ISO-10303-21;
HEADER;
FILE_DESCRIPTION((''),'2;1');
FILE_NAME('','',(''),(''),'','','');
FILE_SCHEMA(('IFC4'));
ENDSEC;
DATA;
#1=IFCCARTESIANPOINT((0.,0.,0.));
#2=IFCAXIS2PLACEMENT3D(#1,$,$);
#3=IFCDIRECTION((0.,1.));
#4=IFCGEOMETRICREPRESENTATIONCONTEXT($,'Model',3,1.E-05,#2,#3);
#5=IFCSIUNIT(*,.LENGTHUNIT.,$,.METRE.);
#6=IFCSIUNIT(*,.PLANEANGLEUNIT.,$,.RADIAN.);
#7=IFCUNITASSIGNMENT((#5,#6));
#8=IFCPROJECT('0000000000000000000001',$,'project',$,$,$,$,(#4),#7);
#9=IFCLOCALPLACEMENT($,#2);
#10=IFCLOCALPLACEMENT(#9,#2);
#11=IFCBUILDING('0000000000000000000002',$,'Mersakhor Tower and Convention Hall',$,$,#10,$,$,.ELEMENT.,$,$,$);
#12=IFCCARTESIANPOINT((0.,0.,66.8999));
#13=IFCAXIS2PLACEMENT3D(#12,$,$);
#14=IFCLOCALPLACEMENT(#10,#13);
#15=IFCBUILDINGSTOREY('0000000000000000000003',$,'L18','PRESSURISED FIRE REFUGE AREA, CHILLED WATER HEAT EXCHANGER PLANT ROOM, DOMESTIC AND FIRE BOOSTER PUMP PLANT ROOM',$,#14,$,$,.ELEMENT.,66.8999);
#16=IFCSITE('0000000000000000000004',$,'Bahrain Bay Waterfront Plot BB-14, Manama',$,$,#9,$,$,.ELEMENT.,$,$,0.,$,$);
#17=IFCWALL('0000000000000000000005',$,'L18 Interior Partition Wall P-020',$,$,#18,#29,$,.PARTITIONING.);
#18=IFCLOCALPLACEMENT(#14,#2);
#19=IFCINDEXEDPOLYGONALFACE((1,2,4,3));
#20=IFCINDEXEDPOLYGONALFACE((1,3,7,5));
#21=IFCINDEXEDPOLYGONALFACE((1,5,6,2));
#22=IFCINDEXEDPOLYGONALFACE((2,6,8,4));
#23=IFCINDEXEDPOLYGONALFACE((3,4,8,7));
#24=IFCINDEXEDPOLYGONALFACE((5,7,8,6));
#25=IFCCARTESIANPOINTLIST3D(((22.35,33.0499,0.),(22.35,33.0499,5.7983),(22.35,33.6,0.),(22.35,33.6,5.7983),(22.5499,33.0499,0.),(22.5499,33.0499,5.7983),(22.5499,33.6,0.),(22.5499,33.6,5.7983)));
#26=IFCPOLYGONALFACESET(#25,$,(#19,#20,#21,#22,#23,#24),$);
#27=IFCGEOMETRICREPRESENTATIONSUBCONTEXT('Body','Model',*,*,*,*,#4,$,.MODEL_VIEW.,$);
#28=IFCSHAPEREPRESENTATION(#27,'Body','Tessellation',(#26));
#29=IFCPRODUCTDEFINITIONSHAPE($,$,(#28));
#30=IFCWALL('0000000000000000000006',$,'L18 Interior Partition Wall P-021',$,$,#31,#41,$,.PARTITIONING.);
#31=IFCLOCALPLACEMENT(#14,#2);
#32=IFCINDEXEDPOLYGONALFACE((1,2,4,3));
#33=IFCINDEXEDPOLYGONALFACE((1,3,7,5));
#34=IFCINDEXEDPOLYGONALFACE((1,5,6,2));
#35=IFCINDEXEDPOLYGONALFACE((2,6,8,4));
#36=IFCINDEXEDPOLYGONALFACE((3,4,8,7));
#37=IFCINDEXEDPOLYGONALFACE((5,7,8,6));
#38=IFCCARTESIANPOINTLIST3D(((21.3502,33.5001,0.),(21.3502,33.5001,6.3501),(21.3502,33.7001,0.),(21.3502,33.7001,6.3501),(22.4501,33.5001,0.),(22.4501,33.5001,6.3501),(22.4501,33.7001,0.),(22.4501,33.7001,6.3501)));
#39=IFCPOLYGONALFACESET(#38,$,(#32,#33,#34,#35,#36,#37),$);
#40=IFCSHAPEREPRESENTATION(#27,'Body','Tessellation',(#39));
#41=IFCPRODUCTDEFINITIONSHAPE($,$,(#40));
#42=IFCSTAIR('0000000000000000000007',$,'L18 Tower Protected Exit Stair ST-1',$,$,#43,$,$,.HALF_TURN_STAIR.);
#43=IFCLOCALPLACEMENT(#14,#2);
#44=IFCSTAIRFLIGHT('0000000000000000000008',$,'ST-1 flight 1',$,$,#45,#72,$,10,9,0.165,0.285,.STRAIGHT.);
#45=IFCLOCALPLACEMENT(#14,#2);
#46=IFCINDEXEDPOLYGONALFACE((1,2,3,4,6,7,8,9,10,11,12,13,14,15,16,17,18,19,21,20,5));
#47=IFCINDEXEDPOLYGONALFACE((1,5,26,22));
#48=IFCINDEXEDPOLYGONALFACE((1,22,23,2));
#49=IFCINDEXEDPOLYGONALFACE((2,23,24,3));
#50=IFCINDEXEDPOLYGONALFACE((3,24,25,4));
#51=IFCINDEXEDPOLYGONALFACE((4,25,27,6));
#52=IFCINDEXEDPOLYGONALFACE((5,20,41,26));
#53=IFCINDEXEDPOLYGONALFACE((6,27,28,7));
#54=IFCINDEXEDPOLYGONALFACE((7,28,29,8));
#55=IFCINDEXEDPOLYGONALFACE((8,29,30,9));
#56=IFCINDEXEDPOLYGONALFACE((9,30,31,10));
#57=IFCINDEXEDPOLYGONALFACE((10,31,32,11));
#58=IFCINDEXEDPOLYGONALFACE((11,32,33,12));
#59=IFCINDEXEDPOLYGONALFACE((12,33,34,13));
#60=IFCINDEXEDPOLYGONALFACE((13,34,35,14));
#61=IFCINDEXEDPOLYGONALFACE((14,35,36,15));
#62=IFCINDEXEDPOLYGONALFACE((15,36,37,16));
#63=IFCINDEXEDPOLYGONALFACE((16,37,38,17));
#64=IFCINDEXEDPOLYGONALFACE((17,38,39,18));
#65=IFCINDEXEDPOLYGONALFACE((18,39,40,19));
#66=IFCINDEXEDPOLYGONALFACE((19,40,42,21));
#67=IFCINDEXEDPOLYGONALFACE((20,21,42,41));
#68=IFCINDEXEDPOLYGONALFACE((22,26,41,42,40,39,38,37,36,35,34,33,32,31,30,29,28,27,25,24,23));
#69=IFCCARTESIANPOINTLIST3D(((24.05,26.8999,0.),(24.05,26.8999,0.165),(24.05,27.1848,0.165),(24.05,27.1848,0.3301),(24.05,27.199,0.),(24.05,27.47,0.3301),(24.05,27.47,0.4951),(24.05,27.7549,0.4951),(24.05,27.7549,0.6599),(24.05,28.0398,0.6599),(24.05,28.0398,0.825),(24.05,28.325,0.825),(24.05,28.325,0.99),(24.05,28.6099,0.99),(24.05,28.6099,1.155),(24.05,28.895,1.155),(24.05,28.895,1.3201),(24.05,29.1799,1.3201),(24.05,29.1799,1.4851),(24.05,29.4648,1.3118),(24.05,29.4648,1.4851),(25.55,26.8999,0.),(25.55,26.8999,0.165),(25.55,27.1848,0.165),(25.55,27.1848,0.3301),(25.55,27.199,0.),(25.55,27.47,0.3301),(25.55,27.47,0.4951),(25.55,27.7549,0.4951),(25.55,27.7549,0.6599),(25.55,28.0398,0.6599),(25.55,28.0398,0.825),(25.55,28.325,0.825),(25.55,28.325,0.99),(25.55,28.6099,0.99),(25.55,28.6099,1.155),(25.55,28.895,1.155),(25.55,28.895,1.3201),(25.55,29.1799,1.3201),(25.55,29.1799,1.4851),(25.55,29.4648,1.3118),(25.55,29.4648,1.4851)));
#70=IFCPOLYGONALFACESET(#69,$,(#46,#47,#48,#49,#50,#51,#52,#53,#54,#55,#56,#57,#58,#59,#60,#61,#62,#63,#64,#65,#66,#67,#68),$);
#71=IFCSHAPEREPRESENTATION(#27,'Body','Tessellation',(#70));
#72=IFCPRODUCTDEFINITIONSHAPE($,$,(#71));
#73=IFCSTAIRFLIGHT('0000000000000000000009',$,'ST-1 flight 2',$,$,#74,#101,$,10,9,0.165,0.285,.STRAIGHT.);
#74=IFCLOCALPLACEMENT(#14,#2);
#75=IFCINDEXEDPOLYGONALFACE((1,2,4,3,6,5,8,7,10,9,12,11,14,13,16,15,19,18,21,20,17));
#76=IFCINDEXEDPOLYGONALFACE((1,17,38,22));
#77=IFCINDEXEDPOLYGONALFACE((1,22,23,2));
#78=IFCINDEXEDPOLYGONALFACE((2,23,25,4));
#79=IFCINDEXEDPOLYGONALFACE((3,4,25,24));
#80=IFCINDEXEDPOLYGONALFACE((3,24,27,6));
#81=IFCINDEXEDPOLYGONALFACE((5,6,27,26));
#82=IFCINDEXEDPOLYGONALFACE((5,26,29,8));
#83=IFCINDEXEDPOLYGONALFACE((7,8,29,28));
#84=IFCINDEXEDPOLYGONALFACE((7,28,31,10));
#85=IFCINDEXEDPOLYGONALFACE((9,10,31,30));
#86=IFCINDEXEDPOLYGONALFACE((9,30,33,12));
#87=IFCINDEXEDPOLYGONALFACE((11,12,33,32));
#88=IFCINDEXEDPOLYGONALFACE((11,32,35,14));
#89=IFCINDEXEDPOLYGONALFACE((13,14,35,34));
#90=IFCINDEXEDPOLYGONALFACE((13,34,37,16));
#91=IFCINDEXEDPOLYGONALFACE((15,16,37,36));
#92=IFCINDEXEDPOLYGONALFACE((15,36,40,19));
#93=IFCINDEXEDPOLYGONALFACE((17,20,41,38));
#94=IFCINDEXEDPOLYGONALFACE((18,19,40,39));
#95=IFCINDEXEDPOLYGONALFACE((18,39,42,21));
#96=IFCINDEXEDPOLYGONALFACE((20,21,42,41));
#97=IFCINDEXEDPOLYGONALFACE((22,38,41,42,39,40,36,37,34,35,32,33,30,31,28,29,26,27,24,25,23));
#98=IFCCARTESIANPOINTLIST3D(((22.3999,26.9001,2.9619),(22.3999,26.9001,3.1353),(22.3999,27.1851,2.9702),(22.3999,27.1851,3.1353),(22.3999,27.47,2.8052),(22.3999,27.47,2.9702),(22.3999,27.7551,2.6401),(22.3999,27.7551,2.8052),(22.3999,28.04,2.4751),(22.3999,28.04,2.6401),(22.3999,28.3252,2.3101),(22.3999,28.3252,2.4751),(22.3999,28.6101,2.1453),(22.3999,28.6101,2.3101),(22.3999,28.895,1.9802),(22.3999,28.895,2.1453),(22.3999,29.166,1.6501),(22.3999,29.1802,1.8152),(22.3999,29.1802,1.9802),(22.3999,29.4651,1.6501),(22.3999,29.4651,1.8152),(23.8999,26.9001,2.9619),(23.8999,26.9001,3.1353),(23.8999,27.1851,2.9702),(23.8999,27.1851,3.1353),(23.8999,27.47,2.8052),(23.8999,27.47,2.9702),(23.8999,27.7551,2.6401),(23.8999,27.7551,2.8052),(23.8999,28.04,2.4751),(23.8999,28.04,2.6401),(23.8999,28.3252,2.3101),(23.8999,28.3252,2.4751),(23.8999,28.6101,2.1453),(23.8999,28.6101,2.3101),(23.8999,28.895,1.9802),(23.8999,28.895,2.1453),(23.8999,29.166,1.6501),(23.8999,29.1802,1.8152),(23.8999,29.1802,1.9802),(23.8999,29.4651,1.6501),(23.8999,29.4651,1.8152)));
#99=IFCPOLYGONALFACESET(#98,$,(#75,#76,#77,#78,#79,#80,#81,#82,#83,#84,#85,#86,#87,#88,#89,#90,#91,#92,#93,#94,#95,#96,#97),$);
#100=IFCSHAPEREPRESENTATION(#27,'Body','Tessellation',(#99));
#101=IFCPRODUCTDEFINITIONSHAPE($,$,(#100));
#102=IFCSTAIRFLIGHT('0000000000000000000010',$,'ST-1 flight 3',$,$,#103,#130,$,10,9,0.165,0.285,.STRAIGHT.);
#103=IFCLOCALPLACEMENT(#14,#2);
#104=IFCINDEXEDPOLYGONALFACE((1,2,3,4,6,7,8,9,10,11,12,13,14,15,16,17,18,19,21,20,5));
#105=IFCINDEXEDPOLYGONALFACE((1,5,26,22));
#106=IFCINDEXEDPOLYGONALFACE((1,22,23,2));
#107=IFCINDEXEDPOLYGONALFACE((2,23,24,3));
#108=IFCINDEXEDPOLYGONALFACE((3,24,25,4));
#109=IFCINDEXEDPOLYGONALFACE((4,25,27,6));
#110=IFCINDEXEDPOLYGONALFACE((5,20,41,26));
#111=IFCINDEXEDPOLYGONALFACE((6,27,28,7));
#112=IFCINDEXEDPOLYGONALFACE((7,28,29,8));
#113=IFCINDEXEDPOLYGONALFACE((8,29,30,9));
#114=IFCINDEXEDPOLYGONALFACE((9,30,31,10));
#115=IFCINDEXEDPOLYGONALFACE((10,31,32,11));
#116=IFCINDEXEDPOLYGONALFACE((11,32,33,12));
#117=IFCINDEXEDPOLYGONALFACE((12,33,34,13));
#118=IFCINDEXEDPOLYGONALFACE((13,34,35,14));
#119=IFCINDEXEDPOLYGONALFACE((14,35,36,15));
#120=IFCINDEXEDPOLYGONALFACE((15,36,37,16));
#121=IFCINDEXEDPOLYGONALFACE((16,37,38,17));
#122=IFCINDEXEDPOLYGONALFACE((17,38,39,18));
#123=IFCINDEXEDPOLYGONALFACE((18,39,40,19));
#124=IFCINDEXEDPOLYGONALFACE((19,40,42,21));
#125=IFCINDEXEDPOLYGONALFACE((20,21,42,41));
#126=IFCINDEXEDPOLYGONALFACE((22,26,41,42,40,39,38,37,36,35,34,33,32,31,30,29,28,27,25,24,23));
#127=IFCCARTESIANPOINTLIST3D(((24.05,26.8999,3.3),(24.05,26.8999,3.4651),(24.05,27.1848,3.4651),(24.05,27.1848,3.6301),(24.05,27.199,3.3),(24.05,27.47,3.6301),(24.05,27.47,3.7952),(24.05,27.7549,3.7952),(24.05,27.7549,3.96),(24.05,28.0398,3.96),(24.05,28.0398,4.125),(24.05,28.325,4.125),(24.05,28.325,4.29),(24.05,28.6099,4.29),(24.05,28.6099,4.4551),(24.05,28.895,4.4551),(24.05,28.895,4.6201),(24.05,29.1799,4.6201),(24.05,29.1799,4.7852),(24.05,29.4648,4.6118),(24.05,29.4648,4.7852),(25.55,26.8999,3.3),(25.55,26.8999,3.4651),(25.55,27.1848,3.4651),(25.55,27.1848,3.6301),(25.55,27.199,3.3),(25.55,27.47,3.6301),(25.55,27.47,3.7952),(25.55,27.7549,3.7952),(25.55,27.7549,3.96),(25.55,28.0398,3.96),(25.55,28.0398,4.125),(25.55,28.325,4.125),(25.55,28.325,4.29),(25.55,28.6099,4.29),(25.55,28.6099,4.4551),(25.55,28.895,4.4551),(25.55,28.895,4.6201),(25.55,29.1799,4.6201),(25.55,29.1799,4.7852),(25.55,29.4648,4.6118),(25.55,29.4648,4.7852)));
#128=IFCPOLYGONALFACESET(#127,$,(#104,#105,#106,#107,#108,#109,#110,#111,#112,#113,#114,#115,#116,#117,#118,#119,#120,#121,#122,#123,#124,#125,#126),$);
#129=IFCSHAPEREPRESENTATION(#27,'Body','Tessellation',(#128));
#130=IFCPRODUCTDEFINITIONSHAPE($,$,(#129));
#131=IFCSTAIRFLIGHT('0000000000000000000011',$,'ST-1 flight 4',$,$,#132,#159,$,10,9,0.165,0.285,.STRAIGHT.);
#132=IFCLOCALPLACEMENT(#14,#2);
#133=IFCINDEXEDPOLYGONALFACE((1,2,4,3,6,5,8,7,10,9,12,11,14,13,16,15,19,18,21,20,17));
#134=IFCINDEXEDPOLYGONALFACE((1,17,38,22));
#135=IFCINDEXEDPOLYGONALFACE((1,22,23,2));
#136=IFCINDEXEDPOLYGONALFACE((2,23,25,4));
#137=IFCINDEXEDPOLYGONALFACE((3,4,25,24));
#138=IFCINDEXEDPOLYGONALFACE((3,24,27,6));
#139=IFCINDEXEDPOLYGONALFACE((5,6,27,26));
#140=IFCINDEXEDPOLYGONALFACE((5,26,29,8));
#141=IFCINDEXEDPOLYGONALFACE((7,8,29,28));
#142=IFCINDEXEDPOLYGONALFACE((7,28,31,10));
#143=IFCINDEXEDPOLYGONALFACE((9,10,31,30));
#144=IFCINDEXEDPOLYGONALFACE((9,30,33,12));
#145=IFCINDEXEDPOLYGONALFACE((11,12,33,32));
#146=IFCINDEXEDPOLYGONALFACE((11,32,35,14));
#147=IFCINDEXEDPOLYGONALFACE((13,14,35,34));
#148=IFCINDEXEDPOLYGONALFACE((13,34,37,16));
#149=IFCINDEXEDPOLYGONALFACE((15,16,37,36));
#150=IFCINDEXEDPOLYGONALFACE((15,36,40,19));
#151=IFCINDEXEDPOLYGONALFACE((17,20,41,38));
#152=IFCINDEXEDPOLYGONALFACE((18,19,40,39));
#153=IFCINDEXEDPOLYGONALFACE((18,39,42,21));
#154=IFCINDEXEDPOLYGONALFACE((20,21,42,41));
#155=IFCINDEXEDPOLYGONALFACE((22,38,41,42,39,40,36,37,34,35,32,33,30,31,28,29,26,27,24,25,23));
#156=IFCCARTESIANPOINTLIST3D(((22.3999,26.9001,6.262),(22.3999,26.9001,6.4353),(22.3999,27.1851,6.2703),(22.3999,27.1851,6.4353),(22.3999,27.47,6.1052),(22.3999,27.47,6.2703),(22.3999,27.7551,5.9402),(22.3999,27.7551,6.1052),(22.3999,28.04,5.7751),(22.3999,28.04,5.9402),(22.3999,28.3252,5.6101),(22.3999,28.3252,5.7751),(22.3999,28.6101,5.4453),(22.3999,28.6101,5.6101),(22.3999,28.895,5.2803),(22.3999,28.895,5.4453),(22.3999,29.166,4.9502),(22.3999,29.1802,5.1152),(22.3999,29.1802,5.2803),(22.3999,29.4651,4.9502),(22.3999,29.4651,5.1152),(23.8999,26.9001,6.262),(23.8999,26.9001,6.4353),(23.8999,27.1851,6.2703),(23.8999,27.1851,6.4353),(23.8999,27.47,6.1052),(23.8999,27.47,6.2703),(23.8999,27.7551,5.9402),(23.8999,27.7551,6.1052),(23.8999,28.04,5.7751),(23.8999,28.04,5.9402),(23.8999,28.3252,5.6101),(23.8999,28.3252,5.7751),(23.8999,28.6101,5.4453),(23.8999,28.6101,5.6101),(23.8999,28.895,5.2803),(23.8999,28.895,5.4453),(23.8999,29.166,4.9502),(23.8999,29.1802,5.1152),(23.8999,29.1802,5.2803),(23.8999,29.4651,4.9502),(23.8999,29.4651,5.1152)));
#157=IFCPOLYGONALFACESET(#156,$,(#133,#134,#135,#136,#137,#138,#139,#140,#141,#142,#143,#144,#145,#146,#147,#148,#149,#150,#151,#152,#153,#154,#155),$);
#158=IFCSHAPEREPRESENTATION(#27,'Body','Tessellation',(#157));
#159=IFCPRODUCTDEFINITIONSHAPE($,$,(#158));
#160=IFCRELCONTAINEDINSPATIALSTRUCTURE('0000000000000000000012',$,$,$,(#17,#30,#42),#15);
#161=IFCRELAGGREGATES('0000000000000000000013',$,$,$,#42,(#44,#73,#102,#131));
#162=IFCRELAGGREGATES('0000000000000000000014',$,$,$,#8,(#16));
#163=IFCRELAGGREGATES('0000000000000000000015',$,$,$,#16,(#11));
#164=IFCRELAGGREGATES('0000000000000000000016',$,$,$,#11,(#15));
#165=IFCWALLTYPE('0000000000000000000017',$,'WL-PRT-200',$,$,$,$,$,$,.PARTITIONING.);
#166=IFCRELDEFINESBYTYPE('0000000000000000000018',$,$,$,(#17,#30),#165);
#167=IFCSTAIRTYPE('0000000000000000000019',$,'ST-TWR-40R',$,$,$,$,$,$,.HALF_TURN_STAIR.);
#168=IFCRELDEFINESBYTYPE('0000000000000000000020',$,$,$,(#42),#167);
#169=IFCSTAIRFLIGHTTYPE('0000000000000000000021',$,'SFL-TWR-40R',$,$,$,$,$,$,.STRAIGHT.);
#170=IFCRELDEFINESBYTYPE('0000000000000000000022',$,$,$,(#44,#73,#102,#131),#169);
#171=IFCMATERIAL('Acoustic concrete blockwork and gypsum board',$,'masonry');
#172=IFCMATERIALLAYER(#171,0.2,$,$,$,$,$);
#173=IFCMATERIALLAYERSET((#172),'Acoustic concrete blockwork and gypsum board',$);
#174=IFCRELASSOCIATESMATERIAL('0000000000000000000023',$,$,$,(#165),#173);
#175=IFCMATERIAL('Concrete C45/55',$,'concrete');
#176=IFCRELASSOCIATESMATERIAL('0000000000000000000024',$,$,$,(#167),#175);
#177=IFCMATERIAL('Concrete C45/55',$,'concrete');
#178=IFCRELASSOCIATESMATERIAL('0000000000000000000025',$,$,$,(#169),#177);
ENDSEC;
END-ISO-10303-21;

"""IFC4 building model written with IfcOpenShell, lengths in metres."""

from ifc_helpers import new_model, si_unit, direction, frame, frame_2d, origin, place, context, subcontext, project, spatial, polyline, rectangle, outline, extrude, material, layer, layer_set, type_object, element, aggregate, save


model = new_model("IFC4")

# Units and contexts
model_context = context("Model", 3, precision=1e-05, world=origin(), true_north=direction((0.0, 1.0)))
body_context = subcontext(model_context, "Body", "Model", "MODEL_VIEW")
ifc_project = project(units=[si_unit("LENGTHUNIT", "METRE"), si_unit("PLANEANGLEUNIT", "RADIAN")], contexts=[model_context])

# Site, building, storey
site_placement = place(None, origin())
site = spatial("IfcSite", under=ifc_project, at=site_placement, Name="Bahrain Bay Waterfront Plot BB-14, Manama", CompositionType="ELEMENT", RefElevation=0.0)
building_placement = place(site_placement, origin())
building = spatial("IfcBuilding", under=site, at=building_placement, Name="Mersakhor Tower and Convention Hall", CompositionType="ELEMENT")
storey_placement = place(building_placement, frame((0.0, 0.0, 66.8999)))
storey = spatial("IfcBuildingStorey", under=building, at=storey_placement, Name="L18", Description="PRESSURISED FIRE REFUGE AREA, CHILLED WATER HEAT EXCHANGER PLANT ROOM, DOMESTIC AND FIRE BOOSTER PUMP PLANT ROOM", CompositionType="ELEMENT", Elevation=66.8999)

# Walls
ifc_material_1 = material(Name="Acoustic concrete blockwork and gypsum board", Category="masonry")
ifc_layer = layer(ifc_material_1, 0.2)
ifc_layer_set = layer_set([ifc_layer], Name="Acoustic concrete blockwork and gypsum board")
wall_type = type_object("IfcWallType", Name="WL-PRT-200", PredefinedType="PARTITIONING", material=ifc_layer_set)
wall_1_placement = place(storey_placement, frame((22.45, 33.05, 0.0), z_axis=(0.0, 0.0, 1.0), x_axis=(0.0, 1.0, 0.0)))
element("IfcWall", 1, at=wall_1_placement, inside=storey, type_object=wall_type, Name="L18 Interior Partition Wall P-020", PredefinedType="PARTITIONING", context=body_context, shape_type="SweptSolid", body=[
    extrude(rectangle(XDim=0.55, YDim=0.2, at=frame_2d((0.2749, 0.0))), origin(), (0.0, 0.0, 1.0), 5.7983),
])
wall_2_placement = place(storey_placement, frame((22.45, 33.6001, 0.0), z_axis=(0.0, 0.0, 1.0), x_axis=(-1.0, 0.0, 0.0)))
element("IfcWall", 2, at=wall_2_placement, inside=storey, type_object=wall_type, Name="L18 Interior Partition Wall P-021", PredefinedType="PARTITIONING", context=body_context, shape_type="SweptSolid", body=[
    extrude(rectangle(XDim=1.0999, YDim=0.2, at=frame_2d((0.5498, 0.0))), origin(), (0.0, 0.0, 1.0), 6.3501),
])

# Stair, stair flights
ifc_material_2 = material(Name="Concrete C45/55", Category="concrete")
stair_type = type_object("IfcStairType", Name="ST-TWR-40R", PredefinedType="HALF_TURN_STAIR", material=ifc_material_2)
stair_placement = place(storey_placement, origin())
stair = element("IfcStair", 3, at=stair_placement, inside=storey, type_object=stair_type, Name="L18 Tower Protected Exit Stair ST-1", PredefinedType="HALF_TURN_STAIR")
ifc_material_3 = material(Name="Concrete C45/55", Category="concrete")
stair_flight_type = type_object("IfcStairFlightType", Name="SFL-TWR-40R", PredefinedType="STRAIGHT", material=ifc_material_3)
stair_flight_1_placement = place(storey_placement, frame((24.8, 26.8999, 0.0), z_axis=(0.0, 0.0, 1.0), x_axis=(0.0, 1.0, 0.0)))
stair_flight_1 = element("IfcStairFlight", 4, at=stair_flight_1_placement, type_object=stair_flight_type, Name="ST-1 flight 1", NumberOfRisers=10, NumberOfTreads=9, PredefinedType="STRAIGHT", RiserHeight=0.165, TreadLength=0.285, context=body_context, shape_type="SweptSolid", body=[
    extrude(outline(polyline([(0.0, 0.0), (0.0, 0.165), (0.2849, 0.165), (0.2849, 0.3301), (0.5701, 0.3301), (0.5701, 0.4951), (0.855, 0.4951), (0.855, 0.6599), (1.1399, 0.6599), (1.1399, 0.825), (1.425, 0.825), (1.425, 0.99), (1.71, 0.99), (1.71, 1.155), (1.9951, 1.155), (1.9951, 1.3201), (2.28, 1.3201), (2.28, 1.4851), (2.5649, 1.4851), (2.5649, 1.6499), (2.5649, 1.3118), (0.2991, 0.0), (0.0, 0.0)])), frame((0.0, 0.75, 0.0), z_axis=(0.0, -1.0, 0.0), x_axis=(1.0, 0.0, 0.0)), (0.0, 0.0, 1.0), 1.5),
])
stair_flight_2_placement = place(storey_placement, frame((23.1499, 29.4651, 1.6501), z_axis=(0.0, 0.0, 1.0), x_axis=(0.0, -1.0, 0.0)))
stair_flight_2 = element("IfcStairFlight", 5, at=stair_flight_2_placement, type_object=stair_flight_type, Name="ST-1 flight 2", NumberOfRisers=10, NumberOfTreads=9, PredefinedType="STRAIGHT", RiserHeight=0.165, TreadLength=0.285, context=body_context, shape_type="SweptSolid", body=[
    extrude(outline(polyline([(0.0, 0.0), (0.0, 0.165), (0.2849, 0.165), (0.2849, 0.3301), (0.5701, 0.3301), (0.5701, 0.4951), (0.855, 0.4951), (0.855, 0.6599), (1.1399, 0.6599), (1.1399, 0.825), (1.425, 0.825), (1.425, 0.99), (1.71, 0.99), (1.71, 1.155), (1.9951, 1.155), (1.9951, 1.3201), (2.28, 1.3201), (2.28, 1.4851), (2.5649, 1.4851), (2.5649, 1.6499), (2.5649, 1.3118), (0.2991, 0.0), (0.0, 0.0)])), frame((0.0, 0.75, 0.0), z_axis=(0.0, -1.0, 0.0), x_axis=(1.0, 0.0, 0.0)), (0.0, 0.0, 1.0), 1.5),
])
stair_flight_3_placement = place(storey_placement, frame((24.8, 26.8999, 3.3), z_axis=(0.0, 0.0, 1.0), x_axis=(0.0, 1.0, 0.0)))
stair_flight_3 = element("IfcStairFlight", 6, at=stair_flight_3_placement, type_object=stair_flight_type, Name="ST-1 flight 3", NumberOfRisers=10, NumberOfTreads=9, PredefinedType="STRAIGHT", RiserHeight=0.165, TreadLength=0.285, context=body_context, shape_type="SweptSolid", body=[
    extrude(outline(polyline([(0.0, 0.0), (0.0, 0.165), (0.2849, 0.165), (0.2849, 0.3301), (0.5701, 0.3301), (0.5701, 0.4951), (0.855, 0.4951), (0.855, 0.6599), (1.1399, 0.6599), (1.1399, 0.825), (1.425, 0.825), (1.425, 0.99), (1.71, 0.99), (1.71, 1.155), (1.9951, 1.155), (1.9951, 1.3201), (2.28, 1.3201), (2.28, 1.4851), (2.5649, 1.4851), (2.5649, 1.6499), (2.5649, 1.3118), (0.2991, 0.0), (0.0, 0.0)])), frame((0.0, 0.75, 0.0), z_axis=(0.0, -1.0, 0.0), x_axis=(1.0, 0.0, 0.0)), (0.0, 0.0, 1.0), 1.5),
])
stair_flight_4_placement = place(storey_placement, frame((23.1499, 29.4651, 4.9502), z_axis=(0.0, 0.0, 1.0), x_axis=(0.0, -1.0, 0.0)))
stair_flight_4 = element("IfcStairFlight", 7, at=stair_flight_4_placement, type_object=stair_flight_type, Name="ST-1 flight 4", NumberOfRisers=10, NumberOfTreads=9, PredefinedType="STRAIGHT", RiserHeight=0.165, TreadLength=0.285, context=body_context, shape_type="SweptSolid", body=[
    extrude(outline(polyline([(0.0, 0.0), (0.0, 0.165), (0.2849, 0.165), (0.2849, 0.3301), (0.5701, 0.3301), (0.5701, 0.4951), (0.855, 0.4951), (0.855, 0.6599), (1.1399, 0.6599), (1.1399, 0.825), (1.425, 0.825), (1.425, 0.99), (1.71, 0.99), (1.71, 1.155), (1.9951, 1.155), (1.9951, 1.3201), (2.28, 1.3201), (2.28, 1.4851), (2.5649, 1.4851), (2.5649, 1.6499), (2.5649, 1.3118), (0.2991, 0.0), (0.0, 0.0)])), frame((0.0, 0.75, 0.0), z_axis=(0.0, -1.0, 0.0), x_axis=(1.0, 0.0, 0.0)), (0.0, 0.0, 1.0), 1.5),
])
aggregate(stair, [stair_flight_1, stair_flight_2, stair_flight_3, stair_flight_4])

save(model, "model.ifc")
